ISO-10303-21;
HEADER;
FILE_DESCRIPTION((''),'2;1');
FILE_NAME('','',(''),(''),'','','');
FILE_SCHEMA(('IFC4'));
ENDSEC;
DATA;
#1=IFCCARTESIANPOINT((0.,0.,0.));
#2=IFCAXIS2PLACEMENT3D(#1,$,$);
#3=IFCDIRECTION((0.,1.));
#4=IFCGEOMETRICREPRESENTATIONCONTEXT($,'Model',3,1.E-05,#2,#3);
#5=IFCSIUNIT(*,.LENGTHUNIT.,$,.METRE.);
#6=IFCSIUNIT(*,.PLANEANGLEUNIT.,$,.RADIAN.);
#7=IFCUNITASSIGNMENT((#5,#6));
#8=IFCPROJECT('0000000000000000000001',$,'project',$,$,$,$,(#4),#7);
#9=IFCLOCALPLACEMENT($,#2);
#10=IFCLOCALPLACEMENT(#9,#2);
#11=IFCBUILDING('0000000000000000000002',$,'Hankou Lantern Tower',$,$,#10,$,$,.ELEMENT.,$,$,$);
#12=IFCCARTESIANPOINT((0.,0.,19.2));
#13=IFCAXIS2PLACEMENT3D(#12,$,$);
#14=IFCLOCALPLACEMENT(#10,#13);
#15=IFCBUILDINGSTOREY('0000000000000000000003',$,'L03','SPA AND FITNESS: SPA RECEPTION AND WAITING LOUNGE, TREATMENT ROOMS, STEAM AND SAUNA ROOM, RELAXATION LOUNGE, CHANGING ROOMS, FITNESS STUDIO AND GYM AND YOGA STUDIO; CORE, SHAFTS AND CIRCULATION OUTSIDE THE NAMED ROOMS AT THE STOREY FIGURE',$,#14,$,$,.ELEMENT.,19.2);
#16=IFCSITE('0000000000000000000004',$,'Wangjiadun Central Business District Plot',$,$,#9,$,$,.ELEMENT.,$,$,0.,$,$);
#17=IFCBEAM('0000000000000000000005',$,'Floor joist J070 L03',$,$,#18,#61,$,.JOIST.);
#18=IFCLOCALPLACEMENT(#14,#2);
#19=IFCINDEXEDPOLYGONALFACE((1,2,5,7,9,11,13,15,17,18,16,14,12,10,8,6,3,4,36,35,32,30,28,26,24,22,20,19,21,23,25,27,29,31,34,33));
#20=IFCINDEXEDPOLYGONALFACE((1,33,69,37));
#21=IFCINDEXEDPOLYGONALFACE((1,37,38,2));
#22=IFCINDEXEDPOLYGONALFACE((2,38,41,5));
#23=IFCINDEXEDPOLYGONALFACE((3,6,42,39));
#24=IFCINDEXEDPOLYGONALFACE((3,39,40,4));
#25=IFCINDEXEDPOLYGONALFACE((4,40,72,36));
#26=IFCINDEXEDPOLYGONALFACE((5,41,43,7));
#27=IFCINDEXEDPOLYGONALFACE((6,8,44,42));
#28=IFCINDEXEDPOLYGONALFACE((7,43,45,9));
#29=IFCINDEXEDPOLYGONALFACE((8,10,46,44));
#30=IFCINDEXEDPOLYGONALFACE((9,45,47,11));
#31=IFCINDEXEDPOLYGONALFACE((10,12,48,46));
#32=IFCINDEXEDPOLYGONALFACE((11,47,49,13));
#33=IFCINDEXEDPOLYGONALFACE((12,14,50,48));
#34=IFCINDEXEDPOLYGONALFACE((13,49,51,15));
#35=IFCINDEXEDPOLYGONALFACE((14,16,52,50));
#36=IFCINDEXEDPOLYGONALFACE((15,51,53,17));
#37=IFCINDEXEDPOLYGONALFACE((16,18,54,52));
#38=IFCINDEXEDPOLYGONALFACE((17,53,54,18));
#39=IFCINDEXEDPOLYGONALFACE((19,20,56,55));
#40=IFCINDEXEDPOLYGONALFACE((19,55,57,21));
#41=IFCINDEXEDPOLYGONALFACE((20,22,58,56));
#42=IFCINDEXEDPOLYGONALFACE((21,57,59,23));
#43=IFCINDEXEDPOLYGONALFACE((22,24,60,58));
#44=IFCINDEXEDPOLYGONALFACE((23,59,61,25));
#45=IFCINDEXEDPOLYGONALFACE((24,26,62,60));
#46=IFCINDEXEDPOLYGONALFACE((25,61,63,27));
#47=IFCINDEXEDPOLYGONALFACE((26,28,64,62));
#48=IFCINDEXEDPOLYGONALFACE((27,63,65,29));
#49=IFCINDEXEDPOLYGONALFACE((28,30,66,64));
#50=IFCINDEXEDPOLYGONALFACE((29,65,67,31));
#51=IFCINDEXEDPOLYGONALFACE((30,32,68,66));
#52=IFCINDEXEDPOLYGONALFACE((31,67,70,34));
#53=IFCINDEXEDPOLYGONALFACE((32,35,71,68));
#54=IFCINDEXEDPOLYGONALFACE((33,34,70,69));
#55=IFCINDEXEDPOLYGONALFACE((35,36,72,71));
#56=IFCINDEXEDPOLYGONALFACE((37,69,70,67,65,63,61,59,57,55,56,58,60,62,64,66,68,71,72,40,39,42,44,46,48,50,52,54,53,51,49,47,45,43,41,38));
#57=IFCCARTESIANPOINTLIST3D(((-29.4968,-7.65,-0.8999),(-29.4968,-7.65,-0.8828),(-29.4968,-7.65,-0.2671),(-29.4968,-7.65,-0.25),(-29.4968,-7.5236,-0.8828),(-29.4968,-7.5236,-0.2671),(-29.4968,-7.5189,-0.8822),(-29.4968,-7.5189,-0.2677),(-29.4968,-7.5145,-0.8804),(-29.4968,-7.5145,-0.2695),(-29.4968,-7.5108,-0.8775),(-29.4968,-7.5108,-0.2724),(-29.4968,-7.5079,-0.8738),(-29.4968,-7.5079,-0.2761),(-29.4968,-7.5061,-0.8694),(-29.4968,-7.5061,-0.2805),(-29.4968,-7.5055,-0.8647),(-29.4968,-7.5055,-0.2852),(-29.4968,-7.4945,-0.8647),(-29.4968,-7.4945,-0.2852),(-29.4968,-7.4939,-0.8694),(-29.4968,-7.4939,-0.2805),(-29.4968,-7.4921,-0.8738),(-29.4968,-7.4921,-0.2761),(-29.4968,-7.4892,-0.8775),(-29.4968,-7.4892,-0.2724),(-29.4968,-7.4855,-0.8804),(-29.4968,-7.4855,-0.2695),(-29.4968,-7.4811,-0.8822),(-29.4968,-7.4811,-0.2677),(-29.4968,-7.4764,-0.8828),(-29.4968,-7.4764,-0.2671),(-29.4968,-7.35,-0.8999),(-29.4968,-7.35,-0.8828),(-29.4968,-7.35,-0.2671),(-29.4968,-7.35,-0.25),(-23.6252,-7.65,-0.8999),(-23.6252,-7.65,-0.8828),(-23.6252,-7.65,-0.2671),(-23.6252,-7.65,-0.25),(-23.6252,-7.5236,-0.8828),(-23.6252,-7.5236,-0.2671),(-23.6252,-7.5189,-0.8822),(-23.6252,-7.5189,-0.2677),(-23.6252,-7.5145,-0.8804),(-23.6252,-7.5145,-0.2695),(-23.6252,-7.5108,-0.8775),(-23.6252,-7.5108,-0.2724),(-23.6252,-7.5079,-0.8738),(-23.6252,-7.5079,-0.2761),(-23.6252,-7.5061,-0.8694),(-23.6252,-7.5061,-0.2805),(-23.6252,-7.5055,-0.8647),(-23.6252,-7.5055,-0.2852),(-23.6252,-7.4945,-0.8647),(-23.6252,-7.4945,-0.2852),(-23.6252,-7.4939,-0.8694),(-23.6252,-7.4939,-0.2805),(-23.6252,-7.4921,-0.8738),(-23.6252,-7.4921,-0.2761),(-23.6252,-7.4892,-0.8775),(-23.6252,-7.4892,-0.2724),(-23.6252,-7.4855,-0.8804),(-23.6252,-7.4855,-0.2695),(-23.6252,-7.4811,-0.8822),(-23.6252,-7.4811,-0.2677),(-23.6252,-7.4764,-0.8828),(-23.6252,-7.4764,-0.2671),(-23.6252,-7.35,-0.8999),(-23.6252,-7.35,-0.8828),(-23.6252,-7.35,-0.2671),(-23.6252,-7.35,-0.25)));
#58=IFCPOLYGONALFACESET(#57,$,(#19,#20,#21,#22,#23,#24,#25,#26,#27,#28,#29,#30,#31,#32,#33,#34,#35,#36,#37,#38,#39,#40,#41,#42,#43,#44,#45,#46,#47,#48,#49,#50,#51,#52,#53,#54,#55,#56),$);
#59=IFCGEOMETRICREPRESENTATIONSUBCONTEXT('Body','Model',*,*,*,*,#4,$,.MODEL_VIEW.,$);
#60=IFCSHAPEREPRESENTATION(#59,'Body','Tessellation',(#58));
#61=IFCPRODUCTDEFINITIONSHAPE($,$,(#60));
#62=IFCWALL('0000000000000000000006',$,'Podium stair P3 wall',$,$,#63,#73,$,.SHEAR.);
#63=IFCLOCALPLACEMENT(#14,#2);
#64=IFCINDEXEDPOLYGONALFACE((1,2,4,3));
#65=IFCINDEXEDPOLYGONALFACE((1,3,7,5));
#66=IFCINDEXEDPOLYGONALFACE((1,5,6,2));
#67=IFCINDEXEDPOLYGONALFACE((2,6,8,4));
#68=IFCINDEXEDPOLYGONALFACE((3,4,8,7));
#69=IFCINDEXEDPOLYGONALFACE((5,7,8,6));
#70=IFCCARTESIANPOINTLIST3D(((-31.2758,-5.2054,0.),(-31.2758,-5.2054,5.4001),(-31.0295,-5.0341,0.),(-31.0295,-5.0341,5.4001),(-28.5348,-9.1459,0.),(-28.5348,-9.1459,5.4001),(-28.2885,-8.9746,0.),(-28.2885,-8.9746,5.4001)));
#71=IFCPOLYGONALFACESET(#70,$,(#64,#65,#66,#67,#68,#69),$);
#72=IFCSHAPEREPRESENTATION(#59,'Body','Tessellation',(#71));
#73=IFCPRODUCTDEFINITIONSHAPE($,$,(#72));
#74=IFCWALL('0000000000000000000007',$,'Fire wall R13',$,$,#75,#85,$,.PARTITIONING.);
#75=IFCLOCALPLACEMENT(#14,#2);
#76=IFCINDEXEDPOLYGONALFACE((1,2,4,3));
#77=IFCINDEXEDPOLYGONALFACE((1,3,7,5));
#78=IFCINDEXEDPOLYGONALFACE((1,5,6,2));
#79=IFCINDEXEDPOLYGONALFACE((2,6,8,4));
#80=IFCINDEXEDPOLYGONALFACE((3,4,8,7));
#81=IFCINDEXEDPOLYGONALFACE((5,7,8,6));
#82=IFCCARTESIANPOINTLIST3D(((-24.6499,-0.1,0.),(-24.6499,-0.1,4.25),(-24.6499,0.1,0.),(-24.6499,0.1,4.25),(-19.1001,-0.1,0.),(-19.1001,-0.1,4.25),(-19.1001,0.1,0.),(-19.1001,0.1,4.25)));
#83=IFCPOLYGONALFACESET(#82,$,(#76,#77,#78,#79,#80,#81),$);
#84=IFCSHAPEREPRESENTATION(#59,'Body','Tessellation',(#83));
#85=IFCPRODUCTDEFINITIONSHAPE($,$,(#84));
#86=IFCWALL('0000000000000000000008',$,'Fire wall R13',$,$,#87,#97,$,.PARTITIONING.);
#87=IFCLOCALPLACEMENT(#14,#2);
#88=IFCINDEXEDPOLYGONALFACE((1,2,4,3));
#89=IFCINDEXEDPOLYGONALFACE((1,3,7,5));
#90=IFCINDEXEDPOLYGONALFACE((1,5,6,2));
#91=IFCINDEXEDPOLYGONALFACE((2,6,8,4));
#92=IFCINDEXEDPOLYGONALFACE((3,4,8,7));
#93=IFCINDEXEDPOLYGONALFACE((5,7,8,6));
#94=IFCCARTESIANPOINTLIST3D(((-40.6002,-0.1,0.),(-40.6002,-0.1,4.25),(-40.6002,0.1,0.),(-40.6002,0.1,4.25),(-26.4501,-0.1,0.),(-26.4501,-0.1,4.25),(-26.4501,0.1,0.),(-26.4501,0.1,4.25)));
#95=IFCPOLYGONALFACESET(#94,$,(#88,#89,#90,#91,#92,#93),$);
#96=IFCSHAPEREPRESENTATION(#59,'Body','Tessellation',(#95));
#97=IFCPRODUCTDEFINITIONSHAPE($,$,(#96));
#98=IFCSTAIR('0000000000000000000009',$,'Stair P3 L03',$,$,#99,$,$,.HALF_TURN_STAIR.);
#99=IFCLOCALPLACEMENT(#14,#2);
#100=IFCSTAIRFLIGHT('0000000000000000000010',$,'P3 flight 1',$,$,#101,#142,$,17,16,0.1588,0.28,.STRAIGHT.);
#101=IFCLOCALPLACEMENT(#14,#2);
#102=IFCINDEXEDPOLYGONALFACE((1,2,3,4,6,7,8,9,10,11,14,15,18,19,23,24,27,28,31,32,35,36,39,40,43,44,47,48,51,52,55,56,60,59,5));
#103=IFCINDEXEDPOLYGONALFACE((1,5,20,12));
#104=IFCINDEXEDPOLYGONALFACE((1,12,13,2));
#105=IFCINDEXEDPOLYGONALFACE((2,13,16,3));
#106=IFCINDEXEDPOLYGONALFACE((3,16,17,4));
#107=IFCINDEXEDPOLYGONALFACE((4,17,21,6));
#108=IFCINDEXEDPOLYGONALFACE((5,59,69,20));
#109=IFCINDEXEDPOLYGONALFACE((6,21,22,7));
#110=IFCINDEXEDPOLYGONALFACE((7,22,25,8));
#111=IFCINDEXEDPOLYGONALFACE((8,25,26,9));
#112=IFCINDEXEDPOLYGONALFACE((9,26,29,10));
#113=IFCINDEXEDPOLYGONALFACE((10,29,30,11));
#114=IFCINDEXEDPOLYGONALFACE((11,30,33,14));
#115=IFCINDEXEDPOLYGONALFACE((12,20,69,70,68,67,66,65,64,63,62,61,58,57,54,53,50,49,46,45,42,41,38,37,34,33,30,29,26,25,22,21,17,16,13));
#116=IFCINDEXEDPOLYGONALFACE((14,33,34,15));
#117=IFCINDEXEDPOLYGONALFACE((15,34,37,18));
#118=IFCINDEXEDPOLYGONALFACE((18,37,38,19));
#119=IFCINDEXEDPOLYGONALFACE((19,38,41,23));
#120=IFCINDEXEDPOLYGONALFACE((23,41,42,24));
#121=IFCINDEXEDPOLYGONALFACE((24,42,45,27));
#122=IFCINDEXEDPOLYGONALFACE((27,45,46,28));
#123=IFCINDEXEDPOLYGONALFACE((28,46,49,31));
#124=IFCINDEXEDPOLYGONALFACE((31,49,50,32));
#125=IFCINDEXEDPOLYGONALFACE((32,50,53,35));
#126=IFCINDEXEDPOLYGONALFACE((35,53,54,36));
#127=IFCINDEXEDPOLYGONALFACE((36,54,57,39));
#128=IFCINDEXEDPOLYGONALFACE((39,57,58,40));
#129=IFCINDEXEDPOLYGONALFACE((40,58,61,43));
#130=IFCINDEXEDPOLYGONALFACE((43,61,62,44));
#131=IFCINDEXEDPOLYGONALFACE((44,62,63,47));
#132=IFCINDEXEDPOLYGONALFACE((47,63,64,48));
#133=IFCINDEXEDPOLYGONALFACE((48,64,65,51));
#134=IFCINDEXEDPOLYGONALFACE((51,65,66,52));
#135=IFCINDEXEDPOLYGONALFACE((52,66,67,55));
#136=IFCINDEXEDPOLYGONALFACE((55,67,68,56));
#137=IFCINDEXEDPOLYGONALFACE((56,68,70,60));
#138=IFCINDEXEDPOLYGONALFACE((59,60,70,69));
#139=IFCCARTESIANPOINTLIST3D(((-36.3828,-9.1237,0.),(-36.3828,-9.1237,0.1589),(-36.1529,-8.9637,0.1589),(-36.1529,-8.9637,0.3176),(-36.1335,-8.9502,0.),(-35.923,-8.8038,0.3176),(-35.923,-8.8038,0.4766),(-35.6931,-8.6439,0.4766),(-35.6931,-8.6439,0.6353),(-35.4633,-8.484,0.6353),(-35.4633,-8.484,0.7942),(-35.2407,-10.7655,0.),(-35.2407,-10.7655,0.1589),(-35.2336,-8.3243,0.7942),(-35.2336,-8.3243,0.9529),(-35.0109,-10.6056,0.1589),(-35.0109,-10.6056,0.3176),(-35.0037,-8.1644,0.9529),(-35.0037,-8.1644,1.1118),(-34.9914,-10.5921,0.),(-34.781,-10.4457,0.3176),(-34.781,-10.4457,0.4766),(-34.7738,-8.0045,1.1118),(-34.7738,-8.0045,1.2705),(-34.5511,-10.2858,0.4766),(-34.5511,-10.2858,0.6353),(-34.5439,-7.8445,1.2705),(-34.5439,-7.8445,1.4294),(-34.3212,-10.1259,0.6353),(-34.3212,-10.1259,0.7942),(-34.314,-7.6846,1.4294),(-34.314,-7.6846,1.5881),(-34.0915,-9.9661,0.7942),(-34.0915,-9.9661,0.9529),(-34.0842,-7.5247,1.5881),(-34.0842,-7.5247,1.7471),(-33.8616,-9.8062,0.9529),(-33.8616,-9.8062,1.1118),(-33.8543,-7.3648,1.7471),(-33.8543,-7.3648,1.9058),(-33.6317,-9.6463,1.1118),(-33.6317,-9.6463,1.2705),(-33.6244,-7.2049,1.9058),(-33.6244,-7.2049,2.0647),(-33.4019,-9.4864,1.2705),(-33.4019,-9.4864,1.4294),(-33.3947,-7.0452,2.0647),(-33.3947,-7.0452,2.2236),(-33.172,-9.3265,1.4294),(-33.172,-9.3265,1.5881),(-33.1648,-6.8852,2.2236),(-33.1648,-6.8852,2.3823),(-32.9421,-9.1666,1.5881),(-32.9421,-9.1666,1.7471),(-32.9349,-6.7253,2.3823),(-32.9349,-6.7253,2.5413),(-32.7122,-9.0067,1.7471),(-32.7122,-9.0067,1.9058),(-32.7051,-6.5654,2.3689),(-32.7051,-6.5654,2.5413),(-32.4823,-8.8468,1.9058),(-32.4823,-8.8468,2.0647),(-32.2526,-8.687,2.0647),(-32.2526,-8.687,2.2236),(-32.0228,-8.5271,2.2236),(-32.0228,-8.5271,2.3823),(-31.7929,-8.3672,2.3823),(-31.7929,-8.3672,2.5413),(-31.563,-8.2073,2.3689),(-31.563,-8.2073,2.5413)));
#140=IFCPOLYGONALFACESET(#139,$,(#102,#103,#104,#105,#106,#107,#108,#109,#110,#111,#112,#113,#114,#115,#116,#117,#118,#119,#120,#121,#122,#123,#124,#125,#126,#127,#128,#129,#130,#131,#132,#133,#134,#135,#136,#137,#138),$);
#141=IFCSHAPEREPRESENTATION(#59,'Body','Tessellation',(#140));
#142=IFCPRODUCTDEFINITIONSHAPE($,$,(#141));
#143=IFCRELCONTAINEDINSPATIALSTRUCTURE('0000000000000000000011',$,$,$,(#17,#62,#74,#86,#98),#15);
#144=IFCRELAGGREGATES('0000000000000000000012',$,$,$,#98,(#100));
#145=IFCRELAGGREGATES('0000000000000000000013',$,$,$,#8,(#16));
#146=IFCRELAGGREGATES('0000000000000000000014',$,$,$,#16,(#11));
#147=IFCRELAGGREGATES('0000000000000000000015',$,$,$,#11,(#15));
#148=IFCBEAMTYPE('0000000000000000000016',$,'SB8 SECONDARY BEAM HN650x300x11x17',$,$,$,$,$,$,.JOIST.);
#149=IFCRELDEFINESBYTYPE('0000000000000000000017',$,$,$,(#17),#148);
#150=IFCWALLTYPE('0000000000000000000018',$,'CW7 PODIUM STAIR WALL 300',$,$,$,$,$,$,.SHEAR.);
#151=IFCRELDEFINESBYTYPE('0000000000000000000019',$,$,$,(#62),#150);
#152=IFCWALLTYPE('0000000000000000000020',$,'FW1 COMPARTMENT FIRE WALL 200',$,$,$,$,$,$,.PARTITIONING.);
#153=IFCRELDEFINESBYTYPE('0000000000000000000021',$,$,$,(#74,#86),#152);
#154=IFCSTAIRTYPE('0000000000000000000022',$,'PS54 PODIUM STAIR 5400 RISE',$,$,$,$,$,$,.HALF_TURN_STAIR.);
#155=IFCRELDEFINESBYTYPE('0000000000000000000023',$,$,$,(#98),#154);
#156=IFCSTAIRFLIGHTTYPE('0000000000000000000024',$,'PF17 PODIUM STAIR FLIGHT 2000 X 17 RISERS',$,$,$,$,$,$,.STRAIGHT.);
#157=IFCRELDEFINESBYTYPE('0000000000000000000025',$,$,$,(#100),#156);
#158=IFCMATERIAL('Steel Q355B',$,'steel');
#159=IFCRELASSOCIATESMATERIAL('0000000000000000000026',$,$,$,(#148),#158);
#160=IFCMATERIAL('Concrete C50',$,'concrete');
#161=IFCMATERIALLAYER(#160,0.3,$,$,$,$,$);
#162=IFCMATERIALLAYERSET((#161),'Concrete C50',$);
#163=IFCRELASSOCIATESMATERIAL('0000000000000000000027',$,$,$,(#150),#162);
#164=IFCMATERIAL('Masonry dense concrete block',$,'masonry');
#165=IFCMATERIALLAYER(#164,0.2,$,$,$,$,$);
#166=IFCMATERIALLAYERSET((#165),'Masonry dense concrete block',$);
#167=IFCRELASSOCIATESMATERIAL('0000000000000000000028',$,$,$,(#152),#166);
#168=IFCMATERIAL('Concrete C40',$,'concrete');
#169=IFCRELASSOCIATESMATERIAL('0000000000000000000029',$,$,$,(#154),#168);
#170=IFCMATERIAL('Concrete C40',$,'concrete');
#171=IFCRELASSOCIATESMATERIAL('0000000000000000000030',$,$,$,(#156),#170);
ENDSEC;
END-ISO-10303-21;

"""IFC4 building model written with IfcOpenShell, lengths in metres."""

from ifc_helpers import new_model, si_unit, direction, frame, frame_2d, origin, origin_2d, place, context, subcontext, project, spatial, polyline, rectangle, i_section, outline, extrude, material, layer, layer_set, material_profile, profile_set, type_object, element, aggregate, save


model = new_model("IFC4")

# Units and contexts
model_context = context("Model", 3, precision=1e-05, world=origin(), true_north=direction((0.0, 1.0)))
body_context = subcontext(model_context, "Body", "Model", "MODEL_VIEW")
ifc_project = project(units=[si_unit("LENGTHUNIT", "METRE"), si_unit("PLANEANGLEUNIT", "RADIAN")], contexts=[model_context])

# Site, building, storey
site_placement = place(None, origin())
site = spatial("IfcSite", under=ifc_project, at=site_placement, Name="Wangjiadun Central Business District Plot", CompositionType="ELEMENT", RefElevation=0.0)
building_placement = place(site_placement, origin())
building = spatial("IfcBuilding", under=site, at=building_placement, Name="Hankou Lantern Tower", CompositionType="ELEMENT")
storey_placement = place(building_placement, frame((0.0, 0.0, 19.2)))
storey = spatial("IfcBuildingStorey", under=building, at=storey_placement, Name="L03", Description="SPA AND FITNESS: SPA RECEPTION AND WAITING LOUNGE, TREATMENT ROOMS, STEAM AND SAUNA ROOM, RELAXATION LOUNGE, CHANGING ROOMS, FITNESS STUDIO AND GYM AND YOGA STUDIO; CORE, SHAFTS AND CIRCULATION OUTSIDE THE NAMED ROOMS AT THE STOREY FIGURE", CompositionType="ELEMENT", Elevation=19.2)

# Beam
ifc_material_1 = material(Name="Steel Q355B", Category="steel")
ifc_material_profile_1 = material_profile(ifc_material_1, i_section(OverallWidth=0.3, OverallDepth=0.6499, WebThickness=0.011, FlangeThickness=0.0171, FilletRadius=0.0181, at=origin_2d()), Name="HN650x300x11x17")
ifc_profile_set_1 = profile_set([ifc_material_profile_1], Name="Steel Q355B")
beam_type_1 = type_object("IfcBeamType", Name="SB8 SECONDARY BEAM HN650x300x11x17", PredefinedType="JOIST", material=ifc_profile_set_1)
beam_1_placement = place(storey_placement, frame((-29.4968, -7.5, -0.575), z_axis=(1.0, 0.0, 0.0), x_axis=(0.0, 1.0, 0.0)))
element("IfcBeam", 1, at=beam_1_placement, inside=storey, type_object=beam_type_1, Name="Floor joist J070 L03", PredefinedType="JOIST", context=body_context, shape_type="SweptSolid", body=[
    extrude(i_section(OverallWidth=0.3, OverallDepth=0.6499, WebThickness=0.011, FlangeThickness=0.0171, FilletRadius=0.0181, at=origin_2d()), origin(), (0.0, 0.0, 1.0), 5.8716),
])

# Walls
ifc_material_2 = material(Name="Concrete C50", Category="concrete")
ifc_layer_1 = layer(ifc_material_2, 0.3)
ifc_layer_set_1 = layer_set([ifc_layer_1], Name="Concrete C50")
wall_type_1 = type_object("IfcWallType", Name="CW7 PODIUM STAIR WALL 300", PredefinedType="SHEAR", material=ifc_layer_set_1)
wall_1_placement = place(storey_placement, frame((-31.1526, -5.1199, 0.0), z_axis=(0.0, 0.0, 1.0), x_axis=(0.571036, -0.820925, 0.0)))
element("IfcWall", 2, at=wall_1_placement, inside=storey, type_object=wall_type_1, Name="Podium stair P3 wall", PredefinedType="SHEAR", context=body_context, shape_type="SweptSolid", body=[
    extrude(rectangle(XDim=4.8, YDim=0.3, at=frame_2d((2.3999, 0.0))), origin(), (0.0, 0.0, 1.0), 5.4001),
])
ifc_material_3 = material(Name="Masonry dense concrete block", Category="masonry")
ifc_layer_2 = layer(ifc_material_3, 0.2)
ifc_layer_set_2 = layer_set([ifc_layer_2], Name="Masonry dense concrete block")
wall_type_2 = type_object("IfcWallType", Name="FW1 COMPARTMENT FIRE WALL 200", PredefinedType="PARTITIONING", material=ifc_layer_set_2)
wall_2_placement = place(storey_placement, frame((-19.1001, 0.0, 0.0), z_axis=(0.0, 0.0, 1.0), x_axis=(-1.0, 0.0, 0.0)))
element("IfcWall", 3, at=wall_2_placement, inside=storey, type_object=wall_type_2, Name="Fire wall R13", PredefinedType="PARTITIONING", context=body_context, shape_type="SweptSolid", body=[
    extrude(rectangle(XDim=5.5498, YDim=0.2, at=frame_2d((2.7749, 0.0))), origin(), (0.0, 0.0, 1.0), 4.25),
])
wall_3_placement = place(storey_placement, frame((-26.45, 0.0, 0.0), z_axis=(0.0, 0.0, 1.0), x_axis=(-1.0, 0.0, 0.0)))
element("IfcWall", 4, at=wall_3_placement, inside=storey, type_object=wall_type_2, Name="Fire wall R13", PredefinedType="PARTITIONING", context=body_context, shape_type="SweptSolid", body=[
    extrude(rectangle(XDim=14.1501, YDim=0.2, at=frame_2d((7.0752, 0.0))), origin(), (0.0, 0.0, 1.0), 4.25),
])

# Stair, stair flight
ifc_material_4 = material(Name="Concrete C40", Category="concrete")
stair_type = type_object("IfcStairType", Name="PS54 PODIUM STAIR 5400 RISE", PredefinedType="HALF_TURN_STAIR", material=ifc_material_4)
stair_placement = place(storey_placement, origin())
stair = element("IfcStair", 5, at=stair_placement, inside=storey, type_object=stair_type, Name="Stair P3 L03", PredefinedType="HALF_TURN_STAIR")
ifc_material_5 = material(Name="Concrete C40", Category="concrete")
stair_flight_type = type_object("IfcStairFlightType", Name="PF17 PODIUM STAIR FLIGHT 2000 X 17 RISERS", PredefinedType="STRAIGHT", material=ifc_material_5)
stair_flight_1_placement = place(storey_placement, frame((-35.8118, -9.9446, 0.0), z_axis=(0.0, 0.0, 1.0), x_axis=(0.820927, 0.571033, 0.0)))
stair_flight_1 = element("IfcStairFlight", 6, at=stair_flight_1_placement, type_object=stair_flight_type, Name="P3 flight 1", NumberOfRisers=17, NumberOfTreads=16, PredefinedType="STRAIGHT", RiserHeight=0.1588, TreadLength=0.28, context=body_context, shape_type="SweptSolid", body=[
    extrude(outline(polyline([(0.0, 0.0), (0.0, 0.1589), (0.28, 0.1589), (0.28, 0.3176), (0.5601, 0.3176), (0.5601, 0.4766), (0.8401, 0.4766), (0.8401, 0.6353), (1.1201, 0.6353), (1.1201, 0.7942), (1.3999, 0.7942), (1.3999, 0.9529), (1.6799, 0.9529), (1.6799, 1.1118), (1.96, 1.1118), (1.96, 1.2705), (2.24, 1.2705), (2.24, 1.4294), (2.52, 1.4294), (2.52, 1.5881), (2.8, 1.5881), (2.8, 1.7471), (3.0801, 1.7471), (3.0801, 1.9058), (3.3601, 1.9058), (3.3601, 2.0647), (3.6399, 2.0647), (3.6399, 2.2236), (3.9199, 2.2236), (3.9199, 2.3823), (4.2, 2.3823), (4.2, 2.5413), (4.48, 2.5413), (4.48, 2.7), (4.48, 2.3689), (0.3037, 0.0), (0.0, 0.0)])), frame((0.0, 1.0, 0.0), z_axis=(0.0, -1.0, 0.0), x_axis=(1.0, 0.0, 0.0)), (0.0, 0.0, 1.0), 2.0),
])
aggregate(stair, [stair_flight_1])

save(model, "model.ifc")
